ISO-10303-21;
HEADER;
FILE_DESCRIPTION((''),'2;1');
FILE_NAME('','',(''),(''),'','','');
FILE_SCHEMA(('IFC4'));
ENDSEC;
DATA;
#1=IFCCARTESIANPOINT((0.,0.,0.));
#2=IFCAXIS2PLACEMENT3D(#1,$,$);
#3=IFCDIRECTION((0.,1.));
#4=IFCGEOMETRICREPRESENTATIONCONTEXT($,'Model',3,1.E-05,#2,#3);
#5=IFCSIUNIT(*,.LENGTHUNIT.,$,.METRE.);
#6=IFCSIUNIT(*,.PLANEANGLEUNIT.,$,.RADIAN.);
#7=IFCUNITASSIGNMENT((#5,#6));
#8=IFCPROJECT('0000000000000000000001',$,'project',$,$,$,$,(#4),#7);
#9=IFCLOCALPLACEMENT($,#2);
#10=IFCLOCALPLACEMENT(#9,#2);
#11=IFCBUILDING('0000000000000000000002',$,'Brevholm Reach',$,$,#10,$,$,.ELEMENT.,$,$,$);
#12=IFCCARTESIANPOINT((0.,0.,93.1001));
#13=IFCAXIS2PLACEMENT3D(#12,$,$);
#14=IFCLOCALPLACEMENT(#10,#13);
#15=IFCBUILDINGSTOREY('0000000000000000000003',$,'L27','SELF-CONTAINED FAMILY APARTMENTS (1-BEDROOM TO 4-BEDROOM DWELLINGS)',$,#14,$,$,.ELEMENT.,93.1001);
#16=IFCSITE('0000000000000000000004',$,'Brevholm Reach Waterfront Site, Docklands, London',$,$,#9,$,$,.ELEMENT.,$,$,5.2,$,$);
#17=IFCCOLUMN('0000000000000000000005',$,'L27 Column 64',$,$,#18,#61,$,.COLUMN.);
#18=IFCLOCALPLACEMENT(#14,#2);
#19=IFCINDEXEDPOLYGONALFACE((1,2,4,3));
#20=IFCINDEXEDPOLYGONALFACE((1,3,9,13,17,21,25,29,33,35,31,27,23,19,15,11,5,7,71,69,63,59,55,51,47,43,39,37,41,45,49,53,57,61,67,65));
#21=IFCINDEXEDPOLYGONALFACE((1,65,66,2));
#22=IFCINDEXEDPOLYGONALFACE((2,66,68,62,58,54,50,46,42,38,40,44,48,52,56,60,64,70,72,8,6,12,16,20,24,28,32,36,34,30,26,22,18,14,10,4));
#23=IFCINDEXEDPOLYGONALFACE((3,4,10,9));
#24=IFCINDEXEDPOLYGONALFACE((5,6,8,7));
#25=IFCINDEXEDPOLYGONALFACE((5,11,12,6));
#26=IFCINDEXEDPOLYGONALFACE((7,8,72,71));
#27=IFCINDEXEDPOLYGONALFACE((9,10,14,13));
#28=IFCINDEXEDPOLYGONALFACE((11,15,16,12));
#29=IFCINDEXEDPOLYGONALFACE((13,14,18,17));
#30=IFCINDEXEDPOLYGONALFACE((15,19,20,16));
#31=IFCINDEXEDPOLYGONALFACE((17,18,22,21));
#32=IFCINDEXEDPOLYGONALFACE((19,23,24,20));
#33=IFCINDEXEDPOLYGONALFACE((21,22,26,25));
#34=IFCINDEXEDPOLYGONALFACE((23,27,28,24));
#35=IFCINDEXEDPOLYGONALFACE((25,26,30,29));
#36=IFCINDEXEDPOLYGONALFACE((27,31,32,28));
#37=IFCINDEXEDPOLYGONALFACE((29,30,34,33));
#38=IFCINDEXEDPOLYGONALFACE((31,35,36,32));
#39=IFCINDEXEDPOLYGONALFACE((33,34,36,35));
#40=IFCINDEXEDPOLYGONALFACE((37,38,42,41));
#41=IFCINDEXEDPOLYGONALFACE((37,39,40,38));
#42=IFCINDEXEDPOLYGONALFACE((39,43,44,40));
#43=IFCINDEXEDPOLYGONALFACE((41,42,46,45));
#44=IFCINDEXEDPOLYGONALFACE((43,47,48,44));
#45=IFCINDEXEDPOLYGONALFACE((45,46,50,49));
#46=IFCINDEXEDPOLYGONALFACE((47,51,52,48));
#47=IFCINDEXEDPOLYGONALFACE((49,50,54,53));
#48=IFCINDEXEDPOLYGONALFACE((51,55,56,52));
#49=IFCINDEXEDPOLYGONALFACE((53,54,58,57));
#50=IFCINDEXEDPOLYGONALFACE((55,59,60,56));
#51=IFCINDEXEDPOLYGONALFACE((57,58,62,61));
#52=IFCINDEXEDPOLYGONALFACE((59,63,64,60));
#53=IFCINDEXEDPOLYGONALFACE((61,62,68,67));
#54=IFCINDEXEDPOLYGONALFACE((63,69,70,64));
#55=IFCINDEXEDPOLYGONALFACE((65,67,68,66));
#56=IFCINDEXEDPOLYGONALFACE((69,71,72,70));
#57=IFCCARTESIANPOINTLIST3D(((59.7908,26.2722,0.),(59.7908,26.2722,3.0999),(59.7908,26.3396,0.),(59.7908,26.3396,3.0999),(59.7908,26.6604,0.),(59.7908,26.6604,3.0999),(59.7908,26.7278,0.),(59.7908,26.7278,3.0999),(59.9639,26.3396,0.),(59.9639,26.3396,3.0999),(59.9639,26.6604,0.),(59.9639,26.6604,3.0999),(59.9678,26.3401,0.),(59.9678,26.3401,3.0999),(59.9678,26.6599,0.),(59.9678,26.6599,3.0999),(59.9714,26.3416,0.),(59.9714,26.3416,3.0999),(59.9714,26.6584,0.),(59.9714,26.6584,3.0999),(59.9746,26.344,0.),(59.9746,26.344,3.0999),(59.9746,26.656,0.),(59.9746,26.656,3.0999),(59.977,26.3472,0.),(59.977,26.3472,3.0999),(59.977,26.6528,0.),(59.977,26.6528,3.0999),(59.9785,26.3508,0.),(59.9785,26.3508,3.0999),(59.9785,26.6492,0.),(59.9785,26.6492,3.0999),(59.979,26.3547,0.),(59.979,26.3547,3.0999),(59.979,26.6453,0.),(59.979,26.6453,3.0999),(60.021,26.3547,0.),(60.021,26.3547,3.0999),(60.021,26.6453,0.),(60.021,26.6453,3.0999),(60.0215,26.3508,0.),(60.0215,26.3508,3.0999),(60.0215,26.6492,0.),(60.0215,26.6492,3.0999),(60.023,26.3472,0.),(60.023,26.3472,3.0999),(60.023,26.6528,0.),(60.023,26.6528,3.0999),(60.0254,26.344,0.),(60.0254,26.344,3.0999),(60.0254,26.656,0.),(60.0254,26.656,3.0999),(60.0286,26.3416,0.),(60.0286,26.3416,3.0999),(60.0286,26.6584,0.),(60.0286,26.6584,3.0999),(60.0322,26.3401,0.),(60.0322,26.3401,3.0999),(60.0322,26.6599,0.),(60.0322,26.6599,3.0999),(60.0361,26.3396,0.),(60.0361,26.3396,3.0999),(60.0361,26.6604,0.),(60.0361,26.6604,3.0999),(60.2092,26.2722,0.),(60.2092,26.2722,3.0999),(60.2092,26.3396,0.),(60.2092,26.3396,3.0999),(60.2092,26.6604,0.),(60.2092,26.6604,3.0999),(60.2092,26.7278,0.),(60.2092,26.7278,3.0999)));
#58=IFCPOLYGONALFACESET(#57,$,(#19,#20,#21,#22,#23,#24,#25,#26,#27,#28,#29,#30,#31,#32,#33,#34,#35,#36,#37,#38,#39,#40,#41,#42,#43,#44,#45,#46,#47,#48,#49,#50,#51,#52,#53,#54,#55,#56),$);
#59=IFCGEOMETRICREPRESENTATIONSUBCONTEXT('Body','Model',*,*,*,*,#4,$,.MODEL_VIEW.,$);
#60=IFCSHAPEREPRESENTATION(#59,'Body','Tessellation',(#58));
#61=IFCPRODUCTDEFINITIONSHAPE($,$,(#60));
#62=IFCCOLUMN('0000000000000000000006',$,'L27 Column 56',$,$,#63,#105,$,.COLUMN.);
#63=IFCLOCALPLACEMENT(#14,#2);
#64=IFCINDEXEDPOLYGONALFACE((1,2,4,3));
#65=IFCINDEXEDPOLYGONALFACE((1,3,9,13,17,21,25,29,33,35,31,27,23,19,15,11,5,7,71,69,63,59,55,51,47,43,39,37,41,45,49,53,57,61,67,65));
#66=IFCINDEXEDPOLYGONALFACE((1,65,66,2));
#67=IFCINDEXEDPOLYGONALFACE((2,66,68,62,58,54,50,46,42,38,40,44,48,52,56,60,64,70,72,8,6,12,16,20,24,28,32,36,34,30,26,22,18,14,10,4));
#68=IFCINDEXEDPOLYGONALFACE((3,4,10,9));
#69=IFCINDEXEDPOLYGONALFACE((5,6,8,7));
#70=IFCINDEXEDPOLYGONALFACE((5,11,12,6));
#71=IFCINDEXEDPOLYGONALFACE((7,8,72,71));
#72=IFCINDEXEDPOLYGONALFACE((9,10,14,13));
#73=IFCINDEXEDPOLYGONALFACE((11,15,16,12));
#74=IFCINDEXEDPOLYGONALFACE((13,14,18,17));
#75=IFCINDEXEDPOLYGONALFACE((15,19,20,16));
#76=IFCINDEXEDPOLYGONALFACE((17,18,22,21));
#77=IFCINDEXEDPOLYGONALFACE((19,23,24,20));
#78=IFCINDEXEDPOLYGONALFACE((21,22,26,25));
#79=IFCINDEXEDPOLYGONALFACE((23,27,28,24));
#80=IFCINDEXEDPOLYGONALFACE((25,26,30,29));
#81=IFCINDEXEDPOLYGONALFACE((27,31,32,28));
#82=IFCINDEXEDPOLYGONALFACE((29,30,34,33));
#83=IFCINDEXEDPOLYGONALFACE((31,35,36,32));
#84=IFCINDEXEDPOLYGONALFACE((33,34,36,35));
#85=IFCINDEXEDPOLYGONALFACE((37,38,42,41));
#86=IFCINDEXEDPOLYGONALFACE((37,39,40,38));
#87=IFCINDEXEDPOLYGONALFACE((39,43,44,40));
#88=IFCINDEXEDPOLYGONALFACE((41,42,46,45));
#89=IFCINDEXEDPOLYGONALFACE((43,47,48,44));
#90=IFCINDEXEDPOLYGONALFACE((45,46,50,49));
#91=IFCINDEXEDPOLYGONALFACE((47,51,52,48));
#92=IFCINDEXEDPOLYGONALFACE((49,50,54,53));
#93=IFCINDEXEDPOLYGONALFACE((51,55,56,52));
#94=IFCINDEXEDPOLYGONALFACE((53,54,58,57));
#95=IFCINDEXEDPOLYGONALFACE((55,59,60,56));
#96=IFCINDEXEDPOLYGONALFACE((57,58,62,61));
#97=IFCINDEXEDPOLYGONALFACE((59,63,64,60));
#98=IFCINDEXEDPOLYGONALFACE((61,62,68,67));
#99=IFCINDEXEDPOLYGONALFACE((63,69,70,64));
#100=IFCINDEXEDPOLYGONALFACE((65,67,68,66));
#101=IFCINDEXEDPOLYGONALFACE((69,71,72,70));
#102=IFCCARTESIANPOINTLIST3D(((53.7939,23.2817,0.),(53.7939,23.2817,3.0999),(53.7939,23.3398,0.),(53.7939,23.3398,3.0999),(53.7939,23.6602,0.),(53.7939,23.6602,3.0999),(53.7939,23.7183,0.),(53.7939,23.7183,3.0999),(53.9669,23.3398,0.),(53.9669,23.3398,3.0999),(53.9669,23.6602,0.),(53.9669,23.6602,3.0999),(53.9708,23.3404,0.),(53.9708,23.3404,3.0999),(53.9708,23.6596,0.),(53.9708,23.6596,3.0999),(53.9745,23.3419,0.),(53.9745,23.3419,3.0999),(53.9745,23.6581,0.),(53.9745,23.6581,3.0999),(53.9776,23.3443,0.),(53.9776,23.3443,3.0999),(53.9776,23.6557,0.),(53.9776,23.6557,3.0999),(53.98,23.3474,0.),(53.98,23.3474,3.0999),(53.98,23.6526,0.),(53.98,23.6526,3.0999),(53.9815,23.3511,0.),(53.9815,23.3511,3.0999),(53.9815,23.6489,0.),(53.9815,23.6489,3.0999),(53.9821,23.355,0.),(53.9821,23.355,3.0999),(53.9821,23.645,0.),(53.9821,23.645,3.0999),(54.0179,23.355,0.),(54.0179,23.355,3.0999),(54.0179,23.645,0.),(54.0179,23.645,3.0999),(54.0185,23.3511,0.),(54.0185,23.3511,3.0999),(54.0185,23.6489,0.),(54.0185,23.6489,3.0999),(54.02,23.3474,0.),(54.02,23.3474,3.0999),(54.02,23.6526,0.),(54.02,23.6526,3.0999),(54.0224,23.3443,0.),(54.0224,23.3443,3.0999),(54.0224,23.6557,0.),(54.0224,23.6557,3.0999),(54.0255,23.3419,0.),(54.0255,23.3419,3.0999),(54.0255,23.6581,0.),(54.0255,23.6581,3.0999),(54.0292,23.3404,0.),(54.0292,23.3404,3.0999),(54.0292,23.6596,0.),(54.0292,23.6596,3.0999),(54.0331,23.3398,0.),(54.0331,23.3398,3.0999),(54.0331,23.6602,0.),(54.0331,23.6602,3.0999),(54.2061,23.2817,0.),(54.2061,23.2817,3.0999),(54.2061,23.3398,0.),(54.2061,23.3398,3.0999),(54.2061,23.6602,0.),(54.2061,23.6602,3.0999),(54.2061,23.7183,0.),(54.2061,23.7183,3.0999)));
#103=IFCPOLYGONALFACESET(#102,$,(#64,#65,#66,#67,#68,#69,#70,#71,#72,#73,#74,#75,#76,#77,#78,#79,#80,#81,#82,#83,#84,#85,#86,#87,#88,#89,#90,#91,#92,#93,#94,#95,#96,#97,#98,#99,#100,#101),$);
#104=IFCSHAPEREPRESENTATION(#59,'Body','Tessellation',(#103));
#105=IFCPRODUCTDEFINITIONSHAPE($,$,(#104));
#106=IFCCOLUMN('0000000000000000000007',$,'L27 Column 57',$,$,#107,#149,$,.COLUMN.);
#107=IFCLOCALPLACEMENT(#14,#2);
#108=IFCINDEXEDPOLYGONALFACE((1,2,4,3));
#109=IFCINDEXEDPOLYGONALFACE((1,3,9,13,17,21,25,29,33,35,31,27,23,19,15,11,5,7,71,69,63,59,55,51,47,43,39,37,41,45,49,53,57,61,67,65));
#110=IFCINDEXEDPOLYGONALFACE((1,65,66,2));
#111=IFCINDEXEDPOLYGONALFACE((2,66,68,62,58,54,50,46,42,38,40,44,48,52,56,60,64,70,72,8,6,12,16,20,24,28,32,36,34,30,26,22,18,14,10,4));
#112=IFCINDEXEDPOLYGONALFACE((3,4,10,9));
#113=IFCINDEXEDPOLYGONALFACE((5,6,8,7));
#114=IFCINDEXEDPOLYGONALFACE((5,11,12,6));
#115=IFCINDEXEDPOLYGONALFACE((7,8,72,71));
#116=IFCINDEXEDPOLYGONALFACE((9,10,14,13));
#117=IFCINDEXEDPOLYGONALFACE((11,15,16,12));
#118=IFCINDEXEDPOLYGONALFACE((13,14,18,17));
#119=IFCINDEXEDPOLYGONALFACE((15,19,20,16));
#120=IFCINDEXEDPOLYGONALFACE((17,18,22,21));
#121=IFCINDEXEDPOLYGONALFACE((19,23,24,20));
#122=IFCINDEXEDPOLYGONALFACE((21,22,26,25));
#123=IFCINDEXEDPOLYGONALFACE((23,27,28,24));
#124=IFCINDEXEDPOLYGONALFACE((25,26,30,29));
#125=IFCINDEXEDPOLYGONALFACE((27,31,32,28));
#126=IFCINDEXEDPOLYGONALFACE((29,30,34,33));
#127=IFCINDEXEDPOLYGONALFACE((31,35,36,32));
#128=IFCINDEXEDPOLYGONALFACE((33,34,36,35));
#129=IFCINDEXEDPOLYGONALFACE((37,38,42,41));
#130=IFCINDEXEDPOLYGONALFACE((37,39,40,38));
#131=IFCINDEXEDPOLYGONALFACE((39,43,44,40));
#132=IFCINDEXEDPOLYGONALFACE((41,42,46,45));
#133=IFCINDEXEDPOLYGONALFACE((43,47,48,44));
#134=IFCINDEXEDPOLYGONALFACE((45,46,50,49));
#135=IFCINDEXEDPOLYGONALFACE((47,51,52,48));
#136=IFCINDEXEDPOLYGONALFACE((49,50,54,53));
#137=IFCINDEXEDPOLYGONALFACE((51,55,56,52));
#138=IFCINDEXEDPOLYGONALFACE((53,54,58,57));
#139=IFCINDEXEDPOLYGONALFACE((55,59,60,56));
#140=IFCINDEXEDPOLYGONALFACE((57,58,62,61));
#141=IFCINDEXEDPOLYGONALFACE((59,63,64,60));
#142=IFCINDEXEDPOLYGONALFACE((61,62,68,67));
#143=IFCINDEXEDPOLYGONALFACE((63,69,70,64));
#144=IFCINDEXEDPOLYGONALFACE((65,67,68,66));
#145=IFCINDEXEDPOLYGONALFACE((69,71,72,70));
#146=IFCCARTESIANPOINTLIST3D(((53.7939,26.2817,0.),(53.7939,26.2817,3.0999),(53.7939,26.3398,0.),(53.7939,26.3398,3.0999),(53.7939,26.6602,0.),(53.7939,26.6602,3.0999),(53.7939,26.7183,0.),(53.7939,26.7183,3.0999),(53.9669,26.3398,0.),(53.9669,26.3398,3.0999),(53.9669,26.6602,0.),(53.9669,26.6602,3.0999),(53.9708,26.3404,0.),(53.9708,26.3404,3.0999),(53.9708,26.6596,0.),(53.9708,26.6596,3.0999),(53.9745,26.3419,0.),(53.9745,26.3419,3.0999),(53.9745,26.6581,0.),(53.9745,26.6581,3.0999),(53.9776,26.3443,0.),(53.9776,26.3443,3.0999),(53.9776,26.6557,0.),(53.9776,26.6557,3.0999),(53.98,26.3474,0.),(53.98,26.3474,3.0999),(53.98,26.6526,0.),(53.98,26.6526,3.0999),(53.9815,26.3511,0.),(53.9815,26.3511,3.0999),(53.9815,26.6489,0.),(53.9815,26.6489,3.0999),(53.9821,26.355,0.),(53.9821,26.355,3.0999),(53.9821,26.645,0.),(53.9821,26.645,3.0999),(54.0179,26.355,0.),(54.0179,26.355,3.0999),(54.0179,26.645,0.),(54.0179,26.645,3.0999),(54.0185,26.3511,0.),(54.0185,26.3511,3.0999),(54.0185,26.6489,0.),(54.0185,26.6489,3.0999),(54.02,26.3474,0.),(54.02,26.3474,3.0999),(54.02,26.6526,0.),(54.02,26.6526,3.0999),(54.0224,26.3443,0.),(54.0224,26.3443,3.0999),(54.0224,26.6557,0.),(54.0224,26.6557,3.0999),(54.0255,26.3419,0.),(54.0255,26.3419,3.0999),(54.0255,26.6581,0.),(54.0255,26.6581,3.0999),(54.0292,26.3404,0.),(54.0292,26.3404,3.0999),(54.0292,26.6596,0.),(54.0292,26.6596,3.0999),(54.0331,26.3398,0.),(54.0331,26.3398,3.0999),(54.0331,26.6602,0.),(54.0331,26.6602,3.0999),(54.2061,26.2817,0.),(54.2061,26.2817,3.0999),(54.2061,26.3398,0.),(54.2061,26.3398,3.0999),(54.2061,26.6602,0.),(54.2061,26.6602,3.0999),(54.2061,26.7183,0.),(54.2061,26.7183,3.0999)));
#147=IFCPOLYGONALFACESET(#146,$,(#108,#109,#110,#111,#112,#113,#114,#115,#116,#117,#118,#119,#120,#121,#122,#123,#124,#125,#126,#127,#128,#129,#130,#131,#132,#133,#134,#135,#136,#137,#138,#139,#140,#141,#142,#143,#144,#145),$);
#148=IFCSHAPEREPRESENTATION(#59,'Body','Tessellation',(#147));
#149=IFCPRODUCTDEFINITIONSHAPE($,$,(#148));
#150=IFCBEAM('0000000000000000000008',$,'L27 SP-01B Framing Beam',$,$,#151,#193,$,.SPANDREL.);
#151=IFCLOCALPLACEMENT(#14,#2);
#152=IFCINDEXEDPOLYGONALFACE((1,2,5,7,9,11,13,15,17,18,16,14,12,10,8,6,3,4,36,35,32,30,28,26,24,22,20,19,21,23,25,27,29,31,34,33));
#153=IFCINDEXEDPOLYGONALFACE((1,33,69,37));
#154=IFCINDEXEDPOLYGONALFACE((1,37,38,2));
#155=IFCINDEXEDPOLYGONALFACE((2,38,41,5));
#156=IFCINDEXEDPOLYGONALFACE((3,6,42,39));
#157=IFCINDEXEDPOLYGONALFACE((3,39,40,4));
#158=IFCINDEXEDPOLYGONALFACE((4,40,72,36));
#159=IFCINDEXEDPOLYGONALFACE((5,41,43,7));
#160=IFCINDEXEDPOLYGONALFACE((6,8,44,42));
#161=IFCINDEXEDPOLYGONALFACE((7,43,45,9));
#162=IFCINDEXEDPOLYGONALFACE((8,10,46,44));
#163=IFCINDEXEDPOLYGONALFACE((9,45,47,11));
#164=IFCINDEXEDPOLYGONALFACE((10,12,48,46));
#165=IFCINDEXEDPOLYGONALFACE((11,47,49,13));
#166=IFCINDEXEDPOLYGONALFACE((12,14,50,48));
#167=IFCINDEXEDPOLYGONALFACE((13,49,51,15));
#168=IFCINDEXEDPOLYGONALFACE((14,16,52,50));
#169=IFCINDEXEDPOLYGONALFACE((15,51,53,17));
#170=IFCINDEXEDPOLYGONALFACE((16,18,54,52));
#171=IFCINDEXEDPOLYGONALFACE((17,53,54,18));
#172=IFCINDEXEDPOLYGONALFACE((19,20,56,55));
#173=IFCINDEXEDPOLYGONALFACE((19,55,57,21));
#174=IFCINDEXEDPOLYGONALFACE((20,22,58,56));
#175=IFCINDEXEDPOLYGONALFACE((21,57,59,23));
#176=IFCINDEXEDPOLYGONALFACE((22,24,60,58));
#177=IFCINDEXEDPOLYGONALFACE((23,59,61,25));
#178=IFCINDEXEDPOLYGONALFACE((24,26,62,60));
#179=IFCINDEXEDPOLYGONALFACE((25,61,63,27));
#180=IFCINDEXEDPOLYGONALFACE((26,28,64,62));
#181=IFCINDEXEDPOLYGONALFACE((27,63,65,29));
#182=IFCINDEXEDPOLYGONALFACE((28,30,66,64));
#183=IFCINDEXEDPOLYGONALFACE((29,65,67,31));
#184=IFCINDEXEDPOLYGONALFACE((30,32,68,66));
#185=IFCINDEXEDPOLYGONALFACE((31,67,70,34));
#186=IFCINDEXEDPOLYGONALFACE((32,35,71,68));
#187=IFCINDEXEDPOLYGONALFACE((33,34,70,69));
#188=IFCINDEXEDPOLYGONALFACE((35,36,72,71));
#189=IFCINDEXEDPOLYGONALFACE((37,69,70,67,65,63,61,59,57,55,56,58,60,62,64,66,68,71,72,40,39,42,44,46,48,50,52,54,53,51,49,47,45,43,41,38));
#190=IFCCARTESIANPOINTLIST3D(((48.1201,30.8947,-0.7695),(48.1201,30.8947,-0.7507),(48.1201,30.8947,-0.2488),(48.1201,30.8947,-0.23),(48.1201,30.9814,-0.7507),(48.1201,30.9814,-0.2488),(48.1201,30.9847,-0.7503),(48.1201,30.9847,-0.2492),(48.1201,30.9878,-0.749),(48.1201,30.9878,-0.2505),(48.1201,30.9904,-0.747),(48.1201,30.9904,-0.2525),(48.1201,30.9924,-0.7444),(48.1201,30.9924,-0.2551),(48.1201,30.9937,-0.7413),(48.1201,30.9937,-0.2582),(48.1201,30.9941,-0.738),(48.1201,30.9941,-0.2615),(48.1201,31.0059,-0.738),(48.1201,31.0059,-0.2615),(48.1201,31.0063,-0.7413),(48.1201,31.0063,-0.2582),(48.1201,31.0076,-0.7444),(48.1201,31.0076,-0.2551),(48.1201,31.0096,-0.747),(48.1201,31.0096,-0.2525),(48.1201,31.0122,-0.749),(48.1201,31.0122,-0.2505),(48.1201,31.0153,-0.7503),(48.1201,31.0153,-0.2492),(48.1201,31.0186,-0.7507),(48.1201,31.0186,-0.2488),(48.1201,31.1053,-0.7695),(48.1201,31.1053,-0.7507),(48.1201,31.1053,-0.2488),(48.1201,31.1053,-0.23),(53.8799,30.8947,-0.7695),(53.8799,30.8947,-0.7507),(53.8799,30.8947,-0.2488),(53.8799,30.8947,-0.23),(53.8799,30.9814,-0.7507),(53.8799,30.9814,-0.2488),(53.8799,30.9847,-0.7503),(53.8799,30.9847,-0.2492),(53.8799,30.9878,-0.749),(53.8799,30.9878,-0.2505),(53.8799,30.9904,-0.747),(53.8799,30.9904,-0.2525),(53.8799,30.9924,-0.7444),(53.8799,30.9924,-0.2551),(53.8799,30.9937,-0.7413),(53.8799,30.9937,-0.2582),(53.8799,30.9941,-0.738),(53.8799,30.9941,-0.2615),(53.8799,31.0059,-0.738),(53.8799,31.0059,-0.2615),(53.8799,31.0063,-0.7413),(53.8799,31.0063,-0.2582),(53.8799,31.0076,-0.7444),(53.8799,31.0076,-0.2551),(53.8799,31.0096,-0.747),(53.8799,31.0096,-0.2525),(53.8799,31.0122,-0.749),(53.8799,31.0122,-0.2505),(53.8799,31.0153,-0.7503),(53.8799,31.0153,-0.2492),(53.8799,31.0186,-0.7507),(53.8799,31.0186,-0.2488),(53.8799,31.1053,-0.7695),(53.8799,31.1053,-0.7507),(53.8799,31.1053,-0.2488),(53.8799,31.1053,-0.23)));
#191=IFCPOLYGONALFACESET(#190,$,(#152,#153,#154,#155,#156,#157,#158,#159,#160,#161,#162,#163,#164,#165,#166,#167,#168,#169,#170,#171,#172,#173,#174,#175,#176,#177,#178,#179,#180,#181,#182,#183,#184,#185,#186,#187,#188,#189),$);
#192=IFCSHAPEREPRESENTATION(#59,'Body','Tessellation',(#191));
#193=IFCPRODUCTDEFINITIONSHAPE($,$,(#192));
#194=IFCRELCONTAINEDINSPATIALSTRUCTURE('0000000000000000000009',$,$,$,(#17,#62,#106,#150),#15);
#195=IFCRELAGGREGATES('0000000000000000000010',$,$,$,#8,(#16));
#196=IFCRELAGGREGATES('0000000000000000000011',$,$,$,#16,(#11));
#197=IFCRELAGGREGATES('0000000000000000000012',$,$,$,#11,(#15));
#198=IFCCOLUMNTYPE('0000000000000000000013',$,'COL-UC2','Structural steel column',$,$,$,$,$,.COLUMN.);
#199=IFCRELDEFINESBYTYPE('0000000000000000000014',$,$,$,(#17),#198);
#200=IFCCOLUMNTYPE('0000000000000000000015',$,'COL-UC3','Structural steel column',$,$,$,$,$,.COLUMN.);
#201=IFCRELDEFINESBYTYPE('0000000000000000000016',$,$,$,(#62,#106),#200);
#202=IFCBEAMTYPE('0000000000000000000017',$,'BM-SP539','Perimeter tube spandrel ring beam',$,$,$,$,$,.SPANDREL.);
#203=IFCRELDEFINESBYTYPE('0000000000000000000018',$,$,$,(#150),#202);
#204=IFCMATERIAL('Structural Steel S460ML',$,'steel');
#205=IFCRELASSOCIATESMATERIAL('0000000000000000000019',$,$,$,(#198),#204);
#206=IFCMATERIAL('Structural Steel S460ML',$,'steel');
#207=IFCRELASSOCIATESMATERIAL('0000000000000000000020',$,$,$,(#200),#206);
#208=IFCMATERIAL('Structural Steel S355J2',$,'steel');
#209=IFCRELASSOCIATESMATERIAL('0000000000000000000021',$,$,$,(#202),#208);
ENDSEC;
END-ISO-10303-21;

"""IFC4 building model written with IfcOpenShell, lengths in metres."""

from ifc_helpers import new_model, si_unit, direction, frame, origin, origin_2d, place, context, subcontext, project, spatial, i_section, extrude, material, material_profile, profile_set, type_object, element, save


model = new_model("IFC4")

# Units and contexts
model_context = context("Model", 3, precision=1e-05, world=origin(), true_north=direction((0.0, 1.0)))
body_context = subcontext(model_context, "Body", "Model", "MODEL_VIEW")
ifc_project = project(units=[si_unit("LENGTHUNIT", "METRE"), si_unit("PLANEANGLEUNIT", "RADIAN")], contexts=[model_context])

# Site, building, storey
site_placement = place(None, origin())
site = spatial("IfcSite", under=ifc_project, at=site_placement, Name="Brevholm Reach Waterfront Site, Docklands, London", CompositionType="ELEMENT", RefElevation=5.2)
building_placement = place(site_placement, origin())
building = spatial("IfcBuilding", under=site, at=building_placement, Name="Brevholm Reach", CompositionType="ELEMENT")
storey_placement = place(building_placement, frame((0.0, 0.0, 93.1001)))
storey = spatial("IfcBuildingStorey", under=building, at=storey_placement, Name="L27", Description="SELF-CONTAINED FAMILY APARTMENTS (1-BEDROOM TO 4-BEDROOM DWELLINGS)", CompositionType="ELEMENT", Elevation=93.1001)

# Columns
ifc_material_1 = material(Name="Structural Steel S460ML", Category="steel")
ifc_material_profile_1 = material_profile(ifc_material_1, i_section(OverallWidth=0.4185, OverallDepth=0.4556, WebThickness=0.042, FlangeThickness=0.0674, FilletRadius=0.0151, at=origin_2d()), Name="UKC 356x406x551")
ifc_profile_set_1 = profile_set([ifc_material_profile_1], Name="Structural Steel S460ML")
column_type_1 = type_object("IfcColumnType", Name="COL-UC2", Description="Structural steel column", PredefinedType="COLUMN", material=ifc_profile_set_1)
for number, where, z_axis, x_axis, name in (
    (1, (60.0, 26.5, 0.0), (0.0, 0.0, 1.0), (1.0, 0.0, 0.0), "L27 Column 64"),
):
    element("IfcColumn", number, at=place(storey_placement, frame(where, z_axis=z_axis, x_axis=x_axis)), inside=storey, type_object=column_type_1, Name=name, PredefinedType="COLUMN", context=body_context, shape_type="SweptSolid", body=[
        extrude(i_section(OverallWidth=0.4185, OverallDepth=0.4556, WebThickness=0.042, FlangeThickness=0.0674, FilletRadius=0.0151, at=origin_2d()), origin(), (0.0, 0.0, 1.0), 3.0999),
    ])
ifc_material_2 = material(Name="Structural Steel S460ML", Category="steel")
ifc_material_profile_2 = material_profile(ifc_material_2, i_section(OverallWidth=0.4121, OverallDepth=0.4365, WebThickness=0.0359, FlangeThickness=0.0581, FilletRadius=0.0151, at=origin_2d()), Name="UKC 356x406x467")
ifc_profile_set_2 = profile_set([ifc_material_profile_2], Name="Structural Steel S460ML")
column_type_2 = type_object("IfcColumnType", Name="COL-UC3", Description="Structural steel column", PredefinedType="COLUMN", material=ifc_profile_set_2)
for number, where, z_axis, x_axis, name in (
    (2, (54.0, 23.5, 0.0), (0.0, 0.0, 1.0), (1.0, 0.0, 0.0), "L27 Column 56"),
    (3, (54.0, 26.5, 0.0), (0.0, 0.0, 1.0), (1.0, 0.0, 0.0), "L27 Column 57"),
):
    element("IfcColumn", number, at=place(storey_placement, frame(where, z_axis=z_axis, x_axis=x_axis)), inside=storey, type_object=column_type_2, Name=name, PredefinedType="COLUMN", context=body_context, shape_type="SweptSolid", body=[
        extrude(i_section(OverallWidth=0.4121, OverallDepth=0.4365, WebThickness=0.0359, FlangeThickness=0.0581, FilletRadius=0.0151, at=origin_2d()), origin(), (0.0, 0.0, 1.0), 3.0999),
    ])

# Beam
ifc_material_3 = material(Name="Structural Steel S355J2", Category="steel")
ifc_material_profile_3 = material_profile(ifc_material_3, i_section(OverallWidth=0.2107, OverallDepth=0.5396, WebThickness=0.0117, FlangeThickness=0.0188, FilletRadius=0.0127, at=origin_2d()), Name="UKB 533x210x109")
ifc_profile_set_3 = profile_set([ifc_material_profile_3], Name="Structural Steel S355J2")
beam_type_1 = type_object("IfcBeamType", Name="BM-SP539", Description="Perimeter tube spandrel ring beam", PredefinedType="SPANDREL", material=ifc_profile_set_3)
beam_1_placement = place(storey_placement, frame((48.1201, 31.0, -0.4998), z_axis=(1.0, 0.0, 0.0), x_axis=(0.0, 1.0, 0.0)))
element("IfcBeam", 4, at=beam_1_placement, inside=storey, type_object=beam_type_1, Name="L27 SP-01B Framing Beam", PredefinedType="SPANDREL", context=body_context, shape_type="SweptSolid", body=[
    extrude(i_section(OverallWidth=0.2107, OverallDepth=0.5396, WebThickness=0.0117, FlangeThickness=0.0188, FilletRadius=0.0127, at=origin_2d()), origin(), (0.0, 0.0, 1.0), 5.7598),
])

save(model, "model.ifc")
